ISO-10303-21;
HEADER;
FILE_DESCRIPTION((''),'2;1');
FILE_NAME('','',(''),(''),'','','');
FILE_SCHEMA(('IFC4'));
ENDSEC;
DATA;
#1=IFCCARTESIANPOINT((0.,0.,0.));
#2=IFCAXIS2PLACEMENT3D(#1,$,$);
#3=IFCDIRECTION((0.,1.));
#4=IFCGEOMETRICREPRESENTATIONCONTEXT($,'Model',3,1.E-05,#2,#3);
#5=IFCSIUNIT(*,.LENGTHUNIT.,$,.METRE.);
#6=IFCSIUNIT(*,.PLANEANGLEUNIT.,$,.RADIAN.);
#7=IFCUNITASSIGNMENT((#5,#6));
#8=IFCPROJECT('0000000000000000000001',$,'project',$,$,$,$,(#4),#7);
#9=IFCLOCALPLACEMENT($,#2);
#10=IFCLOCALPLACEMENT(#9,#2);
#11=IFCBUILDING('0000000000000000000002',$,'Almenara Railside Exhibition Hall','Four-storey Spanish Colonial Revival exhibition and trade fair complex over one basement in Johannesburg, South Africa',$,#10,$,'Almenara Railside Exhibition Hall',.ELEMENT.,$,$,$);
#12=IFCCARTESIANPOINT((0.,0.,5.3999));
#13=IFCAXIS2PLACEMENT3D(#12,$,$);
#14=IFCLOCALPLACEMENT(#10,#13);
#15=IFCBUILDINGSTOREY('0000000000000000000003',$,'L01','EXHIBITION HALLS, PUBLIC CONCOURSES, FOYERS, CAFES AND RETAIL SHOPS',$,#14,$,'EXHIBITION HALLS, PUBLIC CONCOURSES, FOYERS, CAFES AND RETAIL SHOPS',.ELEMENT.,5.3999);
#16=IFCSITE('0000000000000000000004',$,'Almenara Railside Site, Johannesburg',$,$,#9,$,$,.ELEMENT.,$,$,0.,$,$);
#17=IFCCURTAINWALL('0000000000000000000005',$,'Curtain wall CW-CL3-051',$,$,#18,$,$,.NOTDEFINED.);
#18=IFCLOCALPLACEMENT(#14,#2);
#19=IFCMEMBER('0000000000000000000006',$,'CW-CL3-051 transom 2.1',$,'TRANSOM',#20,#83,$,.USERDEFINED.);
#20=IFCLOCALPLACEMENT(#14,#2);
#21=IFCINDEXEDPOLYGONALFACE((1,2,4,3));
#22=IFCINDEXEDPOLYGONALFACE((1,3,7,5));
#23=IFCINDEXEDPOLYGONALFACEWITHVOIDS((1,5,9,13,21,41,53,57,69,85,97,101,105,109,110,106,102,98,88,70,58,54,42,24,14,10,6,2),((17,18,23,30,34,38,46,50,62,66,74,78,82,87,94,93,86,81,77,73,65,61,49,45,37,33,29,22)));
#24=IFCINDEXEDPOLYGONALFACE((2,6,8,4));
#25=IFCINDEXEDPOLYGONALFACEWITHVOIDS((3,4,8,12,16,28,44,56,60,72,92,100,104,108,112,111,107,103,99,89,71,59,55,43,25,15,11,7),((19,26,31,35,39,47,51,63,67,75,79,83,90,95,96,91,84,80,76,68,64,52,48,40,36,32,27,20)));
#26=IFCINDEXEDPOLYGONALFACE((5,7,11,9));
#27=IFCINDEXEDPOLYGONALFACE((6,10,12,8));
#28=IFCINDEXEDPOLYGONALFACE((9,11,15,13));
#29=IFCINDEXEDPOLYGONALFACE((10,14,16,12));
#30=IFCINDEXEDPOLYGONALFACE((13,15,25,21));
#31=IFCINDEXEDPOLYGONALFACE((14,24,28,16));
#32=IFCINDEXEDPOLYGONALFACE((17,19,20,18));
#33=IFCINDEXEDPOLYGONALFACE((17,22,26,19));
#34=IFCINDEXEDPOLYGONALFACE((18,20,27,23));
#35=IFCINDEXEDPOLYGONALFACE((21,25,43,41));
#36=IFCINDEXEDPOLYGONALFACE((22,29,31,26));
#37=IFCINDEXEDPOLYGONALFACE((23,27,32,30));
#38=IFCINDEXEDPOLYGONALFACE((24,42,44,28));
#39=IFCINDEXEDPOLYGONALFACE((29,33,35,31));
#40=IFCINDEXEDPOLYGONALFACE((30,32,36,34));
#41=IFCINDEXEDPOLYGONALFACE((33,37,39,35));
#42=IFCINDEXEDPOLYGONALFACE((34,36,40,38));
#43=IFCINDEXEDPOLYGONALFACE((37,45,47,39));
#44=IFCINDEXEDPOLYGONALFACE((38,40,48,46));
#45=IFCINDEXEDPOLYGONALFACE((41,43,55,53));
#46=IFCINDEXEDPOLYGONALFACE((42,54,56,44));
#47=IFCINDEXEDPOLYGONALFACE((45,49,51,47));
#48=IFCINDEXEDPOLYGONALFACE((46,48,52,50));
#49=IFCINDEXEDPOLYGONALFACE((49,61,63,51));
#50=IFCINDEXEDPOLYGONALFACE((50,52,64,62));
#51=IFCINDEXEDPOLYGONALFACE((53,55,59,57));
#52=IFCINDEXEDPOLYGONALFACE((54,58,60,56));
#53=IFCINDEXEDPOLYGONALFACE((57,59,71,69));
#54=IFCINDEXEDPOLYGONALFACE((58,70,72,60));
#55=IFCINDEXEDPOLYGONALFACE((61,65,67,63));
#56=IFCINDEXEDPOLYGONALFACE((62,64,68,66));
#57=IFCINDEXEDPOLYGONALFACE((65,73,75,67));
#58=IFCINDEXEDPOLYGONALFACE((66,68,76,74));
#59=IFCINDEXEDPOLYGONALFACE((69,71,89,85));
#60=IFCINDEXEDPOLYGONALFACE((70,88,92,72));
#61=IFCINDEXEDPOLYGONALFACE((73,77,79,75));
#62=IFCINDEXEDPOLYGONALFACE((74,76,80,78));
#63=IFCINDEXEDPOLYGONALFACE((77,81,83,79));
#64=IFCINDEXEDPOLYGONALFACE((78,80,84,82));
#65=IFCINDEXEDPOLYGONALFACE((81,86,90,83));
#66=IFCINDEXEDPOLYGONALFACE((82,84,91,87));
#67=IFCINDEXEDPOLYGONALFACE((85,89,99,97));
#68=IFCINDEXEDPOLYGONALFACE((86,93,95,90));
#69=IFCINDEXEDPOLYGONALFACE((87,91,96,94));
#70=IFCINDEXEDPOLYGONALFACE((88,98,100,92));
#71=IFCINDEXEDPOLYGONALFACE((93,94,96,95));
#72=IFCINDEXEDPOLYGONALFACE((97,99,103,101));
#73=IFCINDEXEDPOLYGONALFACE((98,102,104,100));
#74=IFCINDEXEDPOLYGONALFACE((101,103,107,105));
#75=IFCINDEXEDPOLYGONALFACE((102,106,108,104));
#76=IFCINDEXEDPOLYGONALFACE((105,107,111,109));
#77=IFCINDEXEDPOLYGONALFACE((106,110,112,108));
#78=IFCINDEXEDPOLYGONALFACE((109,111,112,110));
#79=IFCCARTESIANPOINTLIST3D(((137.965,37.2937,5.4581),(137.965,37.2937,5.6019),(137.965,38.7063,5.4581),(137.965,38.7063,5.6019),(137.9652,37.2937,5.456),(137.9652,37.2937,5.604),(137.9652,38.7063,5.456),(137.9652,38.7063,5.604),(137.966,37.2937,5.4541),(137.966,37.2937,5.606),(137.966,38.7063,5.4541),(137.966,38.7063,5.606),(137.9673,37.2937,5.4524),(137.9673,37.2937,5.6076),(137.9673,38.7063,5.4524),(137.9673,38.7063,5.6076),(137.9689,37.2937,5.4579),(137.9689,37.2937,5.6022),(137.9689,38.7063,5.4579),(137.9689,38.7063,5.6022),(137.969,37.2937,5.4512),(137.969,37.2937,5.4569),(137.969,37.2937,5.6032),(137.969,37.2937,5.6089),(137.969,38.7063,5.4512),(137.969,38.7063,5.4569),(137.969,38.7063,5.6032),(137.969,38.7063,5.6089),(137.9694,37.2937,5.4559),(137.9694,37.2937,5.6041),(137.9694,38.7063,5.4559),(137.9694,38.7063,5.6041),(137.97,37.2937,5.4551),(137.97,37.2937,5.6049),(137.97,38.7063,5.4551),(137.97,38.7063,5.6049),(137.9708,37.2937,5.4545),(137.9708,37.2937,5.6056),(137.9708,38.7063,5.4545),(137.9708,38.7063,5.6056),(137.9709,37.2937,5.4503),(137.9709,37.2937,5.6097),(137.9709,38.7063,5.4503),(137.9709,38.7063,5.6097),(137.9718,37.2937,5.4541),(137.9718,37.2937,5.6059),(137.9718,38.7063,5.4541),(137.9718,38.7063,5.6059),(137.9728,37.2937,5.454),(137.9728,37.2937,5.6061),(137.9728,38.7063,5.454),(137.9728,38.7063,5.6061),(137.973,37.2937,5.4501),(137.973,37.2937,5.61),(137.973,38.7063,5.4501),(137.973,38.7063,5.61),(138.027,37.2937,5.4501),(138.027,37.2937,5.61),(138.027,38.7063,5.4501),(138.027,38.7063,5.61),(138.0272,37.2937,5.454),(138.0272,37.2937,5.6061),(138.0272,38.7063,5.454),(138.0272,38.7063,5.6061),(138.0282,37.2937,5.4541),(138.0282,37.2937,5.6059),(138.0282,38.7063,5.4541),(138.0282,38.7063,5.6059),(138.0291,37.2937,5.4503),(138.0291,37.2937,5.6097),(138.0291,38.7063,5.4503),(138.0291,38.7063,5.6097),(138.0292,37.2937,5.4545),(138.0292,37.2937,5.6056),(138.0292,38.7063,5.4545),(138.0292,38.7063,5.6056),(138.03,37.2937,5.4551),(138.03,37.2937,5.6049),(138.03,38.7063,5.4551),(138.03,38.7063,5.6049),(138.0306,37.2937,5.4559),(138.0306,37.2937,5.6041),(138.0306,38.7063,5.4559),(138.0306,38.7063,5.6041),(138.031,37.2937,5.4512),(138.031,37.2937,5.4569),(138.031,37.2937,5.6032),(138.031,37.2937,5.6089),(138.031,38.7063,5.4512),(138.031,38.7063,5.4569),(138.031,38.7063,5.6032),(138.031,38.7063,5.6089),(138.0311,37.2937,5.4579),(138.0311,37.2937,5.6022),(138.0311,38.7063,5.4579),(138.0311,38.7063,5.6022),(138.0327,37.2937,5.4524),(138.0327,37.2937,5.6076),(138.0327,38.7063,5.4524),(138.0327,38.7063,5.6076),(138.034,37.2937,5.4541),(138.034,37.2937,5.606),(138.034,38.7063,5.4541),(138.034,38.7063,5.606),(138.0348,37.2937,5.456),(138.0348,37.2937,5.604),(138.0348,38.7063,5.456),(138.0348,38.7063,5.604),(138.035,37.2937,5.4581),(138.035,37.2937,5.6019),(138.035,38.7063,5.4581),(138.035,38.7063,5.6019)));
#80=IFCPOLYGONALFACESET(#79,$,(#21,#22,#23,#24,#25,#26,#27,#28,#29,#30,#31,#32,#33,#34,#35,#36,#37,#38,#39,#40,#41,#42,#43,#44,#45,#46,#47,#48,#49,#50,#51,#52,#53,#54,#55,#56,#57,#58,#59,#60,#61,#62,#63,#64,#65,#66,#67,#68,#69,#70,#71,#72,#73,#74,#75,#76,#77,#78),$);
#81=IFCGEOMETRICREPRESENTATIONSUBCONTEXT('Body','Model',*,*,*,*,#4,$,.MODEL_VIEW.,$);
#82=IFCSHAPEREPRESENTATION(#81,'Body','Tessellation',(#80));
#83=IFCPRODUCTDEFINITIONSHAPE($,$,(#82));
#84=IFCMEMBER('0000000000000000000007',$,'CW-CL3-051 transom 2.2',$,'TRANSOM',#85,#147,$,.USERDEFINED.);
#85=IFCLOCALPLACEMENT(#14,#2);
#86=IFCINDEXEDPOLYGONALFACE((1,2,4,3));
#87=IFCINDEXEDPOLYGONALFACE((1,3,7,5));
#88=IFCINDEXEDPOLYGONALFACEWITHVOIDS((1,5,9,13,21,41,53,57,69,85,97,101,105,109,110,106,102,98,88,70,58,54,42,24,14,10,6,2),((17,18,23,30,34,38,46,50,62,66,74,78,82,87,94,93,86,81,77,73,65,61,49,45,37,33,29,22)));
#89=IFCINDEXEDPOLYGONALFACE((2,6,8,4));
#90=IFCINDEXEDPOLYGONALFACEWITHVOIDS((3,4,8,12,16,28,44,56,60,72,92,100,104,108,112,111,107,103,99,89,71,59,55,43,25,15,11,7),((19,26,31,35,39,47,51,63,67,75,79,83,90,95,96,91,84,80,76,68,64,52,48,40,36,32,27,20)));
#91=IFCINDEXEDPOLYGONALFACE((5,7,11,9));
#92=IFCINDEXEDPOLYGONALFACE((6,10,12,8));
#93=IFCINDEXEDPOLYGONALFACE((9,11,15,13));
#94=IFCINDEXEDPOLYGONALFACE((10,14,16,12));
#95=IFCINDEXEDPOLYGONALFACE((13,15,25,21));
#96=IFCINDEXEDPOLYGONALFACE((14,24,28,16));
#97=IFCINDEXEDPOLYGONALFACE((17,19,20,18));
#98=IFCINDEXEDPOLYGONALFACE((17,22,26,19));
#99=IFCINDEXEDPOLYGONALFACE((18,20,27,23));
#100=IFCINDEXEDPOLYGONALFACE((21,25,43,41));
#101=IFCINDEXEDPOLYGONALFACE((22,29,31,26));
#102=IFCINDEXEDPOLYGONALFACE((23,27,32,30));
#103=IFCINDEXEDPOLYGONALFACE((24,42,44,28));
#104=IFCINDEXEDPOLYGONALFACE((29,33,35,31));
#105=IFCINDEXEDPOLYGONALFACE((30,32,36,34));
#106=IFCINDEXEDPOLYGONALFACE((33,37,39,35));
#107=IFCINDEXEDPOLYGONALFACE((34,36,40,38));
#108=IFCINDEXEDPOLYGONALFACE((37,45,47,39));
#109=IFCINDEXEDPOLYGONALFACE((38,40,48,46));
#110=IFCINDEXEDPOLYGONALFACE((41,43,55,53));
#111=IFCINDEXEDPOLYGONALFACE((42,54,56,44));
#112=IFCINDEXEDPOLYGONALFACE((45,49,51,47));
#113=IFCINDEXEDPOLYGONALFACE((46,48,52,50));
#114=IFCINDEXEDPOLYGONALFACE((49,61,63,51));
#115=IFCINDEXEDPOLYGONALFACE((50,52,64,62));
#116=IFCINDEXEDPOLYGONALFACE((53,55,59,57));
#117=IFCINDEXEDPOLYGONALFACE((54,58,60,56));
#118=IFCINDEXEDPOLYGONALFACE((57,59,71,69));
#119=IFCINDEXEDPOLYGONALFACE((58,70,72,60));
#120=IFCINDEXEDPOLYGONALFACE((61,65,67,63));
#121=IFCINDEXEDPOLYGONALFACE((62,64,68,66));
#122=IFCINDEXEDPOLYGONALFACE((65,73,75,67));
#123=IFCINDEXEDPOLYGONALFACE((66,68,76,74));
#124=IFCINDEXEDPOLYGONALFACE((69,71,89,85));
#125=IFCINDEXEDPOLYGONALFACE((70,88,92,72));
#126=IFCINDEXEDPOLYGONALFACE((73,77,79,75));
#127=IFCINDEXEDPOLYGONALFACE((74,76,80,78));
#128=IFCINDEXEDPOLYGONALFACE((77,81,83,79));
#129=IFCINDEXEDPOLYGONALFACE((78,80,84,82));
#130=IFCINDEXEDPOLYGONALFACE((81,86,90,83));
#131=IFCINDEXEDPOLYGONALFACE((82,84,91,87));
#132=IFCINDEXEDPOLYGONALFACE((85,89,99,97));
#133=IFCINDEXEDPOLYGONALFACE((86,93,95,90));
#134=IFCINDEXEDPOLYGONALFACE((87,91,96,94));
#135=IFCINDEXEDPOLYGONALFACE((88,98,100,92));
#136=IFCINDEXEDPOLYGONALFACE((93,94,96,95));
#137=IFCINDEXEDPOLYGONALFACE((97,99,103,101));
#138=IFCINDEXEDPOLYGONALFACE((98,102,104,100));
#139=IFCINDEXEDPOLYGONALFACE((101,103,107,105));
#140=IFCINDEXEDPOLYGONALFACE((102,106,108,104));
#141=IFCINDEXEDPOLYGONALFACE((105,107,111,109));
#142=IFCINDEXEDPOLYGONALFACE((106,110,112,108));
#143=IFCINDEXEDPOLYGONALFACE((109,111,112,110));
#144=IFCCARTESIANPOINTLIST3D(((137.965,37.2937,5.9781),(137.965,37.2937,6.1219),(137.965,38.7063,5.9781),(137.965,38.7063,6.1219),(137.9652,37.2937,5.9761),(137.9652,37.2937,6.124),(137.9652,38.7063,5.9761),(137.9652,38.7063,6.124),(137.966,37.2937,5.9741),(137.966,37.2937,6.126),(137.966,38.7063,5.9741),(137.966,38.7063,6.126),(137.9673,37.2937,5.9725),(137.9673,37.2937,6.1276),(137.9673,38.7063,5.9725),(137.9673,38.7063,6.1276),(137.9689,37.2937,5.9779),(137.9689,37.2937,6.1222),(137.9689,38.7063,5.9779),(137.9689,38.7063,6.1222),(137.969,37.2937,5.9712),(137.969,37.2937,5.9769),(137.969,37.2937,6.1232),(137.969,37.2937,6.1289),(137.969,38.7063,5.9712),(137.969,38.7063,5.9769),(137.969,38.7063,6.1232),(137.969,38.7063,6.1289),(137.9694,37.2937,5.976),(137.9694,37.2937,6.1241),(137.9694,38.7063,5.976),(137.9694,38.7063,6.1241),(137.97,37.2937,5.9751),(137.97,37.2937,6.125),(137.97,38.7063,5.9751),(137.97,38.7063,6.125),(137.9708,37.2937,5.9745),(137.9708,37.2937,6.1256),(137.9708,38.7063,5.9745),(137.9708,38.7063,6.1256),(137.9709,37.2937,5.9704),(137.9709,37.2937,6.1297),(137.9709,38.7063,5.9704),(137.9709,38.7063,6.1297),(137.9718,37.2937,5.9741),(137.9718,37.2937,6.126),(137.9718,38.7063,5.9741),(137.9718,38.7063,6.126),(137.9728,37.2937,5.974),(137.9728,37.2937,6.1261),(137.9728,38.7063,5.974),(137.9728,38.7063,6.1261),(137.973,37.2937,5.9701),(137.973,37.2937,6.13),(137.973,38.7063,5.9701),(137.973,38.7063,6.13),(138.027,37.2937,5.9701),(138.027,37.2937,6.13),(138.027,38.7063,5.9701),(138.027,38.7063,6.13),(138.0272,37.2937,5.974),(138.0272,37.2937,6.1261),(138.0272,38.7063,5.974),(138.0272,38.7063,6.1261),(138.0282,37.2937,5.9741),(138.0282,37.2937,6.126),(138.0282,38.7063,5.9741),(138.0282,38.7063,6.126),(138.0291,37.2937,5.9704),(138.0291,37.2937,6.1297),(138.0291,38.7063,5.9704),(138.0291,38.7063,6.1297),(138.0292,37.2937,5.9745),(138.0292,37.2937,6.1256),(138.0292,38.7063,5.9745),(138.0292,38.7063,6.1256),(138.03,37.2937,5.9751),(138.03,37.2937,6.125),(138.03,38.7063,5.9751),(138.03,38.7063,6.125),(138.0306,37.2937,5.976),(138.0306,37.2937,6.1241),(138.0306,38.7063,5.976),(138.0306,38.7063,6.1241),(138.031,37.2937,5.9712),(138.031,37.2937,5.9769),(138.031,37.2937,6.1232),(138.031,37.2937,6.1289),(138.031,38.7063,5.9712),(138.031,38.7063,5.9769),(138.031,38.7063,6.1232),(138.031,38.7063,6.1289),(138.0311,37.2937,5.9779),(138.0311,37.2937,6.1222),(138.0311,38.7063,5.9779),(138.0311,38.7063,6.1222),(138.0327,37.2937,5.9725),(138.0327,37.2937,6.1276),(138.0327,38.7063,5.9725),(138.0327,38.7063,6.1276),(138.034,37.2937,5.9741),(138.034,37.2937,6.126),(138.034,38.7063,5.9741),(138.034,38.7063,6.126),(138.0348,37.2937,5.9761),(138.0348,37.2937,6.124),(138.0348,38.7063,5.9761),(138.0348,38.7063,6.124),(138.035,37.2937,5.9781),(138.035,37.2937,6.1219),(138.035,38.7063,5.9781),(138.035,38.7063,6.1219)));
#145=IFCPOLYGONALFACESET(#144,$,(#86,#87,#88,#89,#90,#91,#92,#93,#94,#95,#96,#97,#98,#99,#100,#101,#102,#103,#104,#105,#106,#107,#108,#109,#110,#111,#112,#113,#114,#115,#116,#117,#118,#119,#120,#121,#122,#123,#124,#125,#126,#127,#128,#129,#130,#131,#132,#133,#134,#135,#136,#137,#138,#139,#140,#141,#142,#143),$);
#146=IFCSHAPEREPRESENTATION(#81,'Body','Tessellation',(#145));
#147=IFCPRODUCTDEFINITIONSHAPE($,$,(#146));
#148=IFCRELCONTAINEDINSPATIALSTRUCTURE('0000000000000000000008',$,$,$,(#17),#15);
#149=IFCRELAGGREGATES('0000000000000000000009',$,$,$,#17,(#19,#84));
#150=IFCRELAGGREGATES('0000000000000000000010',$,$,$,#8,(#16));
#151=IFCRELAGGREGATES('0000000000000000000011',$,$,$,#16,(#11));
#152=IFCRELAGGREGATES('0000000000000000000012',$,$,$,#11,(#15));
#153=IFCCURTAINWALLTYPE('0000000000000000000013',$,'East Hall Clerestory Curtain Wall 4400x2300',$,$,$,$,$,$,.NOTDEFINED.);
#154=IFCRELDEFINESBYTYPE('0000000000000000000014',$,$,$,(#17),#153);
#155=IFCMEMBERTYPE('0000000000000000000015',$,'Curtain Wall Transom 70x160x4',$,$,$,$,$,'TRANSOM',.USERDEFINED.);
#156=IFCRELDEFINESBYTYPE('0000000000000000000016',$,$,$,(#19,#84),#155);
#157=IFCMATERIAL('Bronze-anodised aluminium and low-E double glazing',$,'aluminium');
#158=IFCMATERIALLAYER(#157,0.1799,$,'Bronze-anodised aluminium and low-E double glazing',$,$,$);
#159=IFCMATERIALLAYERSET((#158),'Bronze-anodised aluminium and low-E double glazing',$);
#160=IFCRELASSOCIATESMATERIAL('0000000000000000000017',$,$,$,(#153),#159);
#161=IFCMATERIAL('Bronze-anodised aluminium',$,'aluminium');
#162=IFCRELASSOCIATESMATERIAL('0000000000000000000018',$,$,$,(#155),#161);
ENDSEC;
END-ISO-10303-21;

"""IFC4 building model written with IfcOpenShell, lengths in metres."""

from ifc_helpers import new_model, si_unit, direction, frame, origin, origin_2d, place, context, subcontext, project, spatial, hollow_rectangle, extrude, material, layer, layer_set, material_profile, profile_set, type_object, element, aggregate, save


model = new_model("IFC4")

# Units and contexts
model_context = context("Model", 3, precision=1e-05, world=origin(), true_north=direction((0.0, 1.0)))
body_context = subcontext(model_context, "Body", "Model", "MODEL_VIEW")
ifc_project = project(units=[si_unit("LENGTHUNIT", "METRE"), si_unit("PLANEANGLEUNIT", "RADIAN")], contexts=[model_context])

# Site, building, storey
site_placement = place(None, origin())
site = spatial("IfcSite", under=ifc_project, at=site_placement, Name="Almenara Railside Site, Johannesburg", CompositionType="ELEMENT", RefElevation=0.0)
building_placement = place(site_placement, origin())
building = spatial("IfcBuilding", under=site, at=building_placement, Name="Almenara Railside Exhibition Hall", Description="Four-storey Spanish Colonial Revival exhibition and trade fair complex over one basement in Johannesburg, South Africa", LongName="Almenara Railside Exhibition Hall", CompositionType="ELEMENT")
storey_placement = place(building_placement, frame((0.0, 0.0, 5.3999)))
storey = spatial("IfcBuildingStorey", under=building, at=storey_placement, Name="L01", Description="EXHIBITION HALLS, PUBLIC CONCOURSES, FOYERS, CAFES AND RETAIL SHOPS", LongName="EXHIBITION HALLS, PUBLIC CONCOURSES, FOYERS, CAFES AND RETAIL SHOPS", CompositionType="ELEMENT", Elevation=5.3999)

# Shared definitions
ifc_material_1 = material(Name="Bronze-anodised aluminium and low-E double glazing", Category="aluminium")
ifc_layer_1 = layer(ifc_material_1, 0.1799, Name="Bronze-anodised aluminium and low-E double glazing")
ifc_layer_set_1 = layer_set([ifc_layer_1], Name="Bronze-anodised aluminium and low-E double glazing")
curtain_wall_type = type_object("IfcCurtainWallType", Name="East Hall Clerestory Curtain Wall 4400x2300", PredefinedType="NOTDEFINED", material=ifc_layer_set_1)
ifc_material_2 = material(Name="Bronze-anodised aluminium", Category="aluminium")

# Curtain wall, members
curtain_wall_1_placement = place(storey_placement, origin())
curtain_wall_1 = element("IfcCurtainWall", 1, at=curtain_wall_1_placement, inside=storey, type_object=curtain_wall_type, Name="Curtain wall CW-CL3-051", PredefinedType="NOTDEFINED")
ifc_material_profile_1 = material_profile(ifc_material_2, hollow_rectangle(XDim=0.0701, YDim=0.1599, WallThickness=0.0039, InnerFilletRadius=0.0039, OuterFilletRadius=0.0081, at=origin_2d()), Name="ALU-TRN 70x160x4")
ifc_profile_set_1 = profile_set([ifc_material_profile_1], Name="Bronze-anodised aluminium")
member_type_1 = type_object("IfcMemberType", Name="Curtain Wall Transom 70x160x4", ElementType="TRANSOM", PredefinedType="USERDEFINED", material=ifc_profile_set_1)
member_1_placement = place(storey_placement, frame((138.0, 37.2937, 5.53), z_axis=(0.0, 1.0, 0.0), x_axis=(-1.0, 0.0, 0.0)))
member_1 = element("IfcMember", 2, at=member_1_placement, type_object=member_type_1, Name="CW-CL3-051 transom 2.1", ObjectType="TRANSOM", PredefinedType="USERDEFINED", context=body_context, shape_type="SweptSolid", body=[
    extrude(hollow_rectangle(XDim=0.0701, YDim=0.1599, WallThickness=0.0039, InnerFilletRadius=0.0039, OuterFilletRadius=0.0081, at=origin_2d()), origin(), (0.0, 0.0, 1.0), 1.4126),
])
member_2_placement = place(storey_placement, frame((138.0, 37.2937, 6.05), z_axis=(0.0, 1.0, 0.0), x_axis=(-1.0, 0.0, 0.0)))
member_2 = element("IfcMember", 3, at=member_2_placement, type_object=member_type_1, Name="CW-CL3-051 transom 2.2", ObjectType="TRANSOM", PredefinedType="USERDEFINED", context=body_context, shape_type="SweptSolid", body=[
    extrude(hollow_rectangle(XDim=0.0701, YDim=0.1599, WallThickness=0.0039, InnerFilletRadius=0.0039, OuterFilletRadius=0.0081, at=origin_2d()), origin(), (0.0, 0.0, 1.0), 1.4126),
])

aggregate(curtain_wall_1, [member_1, member_2])

save(model, "model.ifc")
